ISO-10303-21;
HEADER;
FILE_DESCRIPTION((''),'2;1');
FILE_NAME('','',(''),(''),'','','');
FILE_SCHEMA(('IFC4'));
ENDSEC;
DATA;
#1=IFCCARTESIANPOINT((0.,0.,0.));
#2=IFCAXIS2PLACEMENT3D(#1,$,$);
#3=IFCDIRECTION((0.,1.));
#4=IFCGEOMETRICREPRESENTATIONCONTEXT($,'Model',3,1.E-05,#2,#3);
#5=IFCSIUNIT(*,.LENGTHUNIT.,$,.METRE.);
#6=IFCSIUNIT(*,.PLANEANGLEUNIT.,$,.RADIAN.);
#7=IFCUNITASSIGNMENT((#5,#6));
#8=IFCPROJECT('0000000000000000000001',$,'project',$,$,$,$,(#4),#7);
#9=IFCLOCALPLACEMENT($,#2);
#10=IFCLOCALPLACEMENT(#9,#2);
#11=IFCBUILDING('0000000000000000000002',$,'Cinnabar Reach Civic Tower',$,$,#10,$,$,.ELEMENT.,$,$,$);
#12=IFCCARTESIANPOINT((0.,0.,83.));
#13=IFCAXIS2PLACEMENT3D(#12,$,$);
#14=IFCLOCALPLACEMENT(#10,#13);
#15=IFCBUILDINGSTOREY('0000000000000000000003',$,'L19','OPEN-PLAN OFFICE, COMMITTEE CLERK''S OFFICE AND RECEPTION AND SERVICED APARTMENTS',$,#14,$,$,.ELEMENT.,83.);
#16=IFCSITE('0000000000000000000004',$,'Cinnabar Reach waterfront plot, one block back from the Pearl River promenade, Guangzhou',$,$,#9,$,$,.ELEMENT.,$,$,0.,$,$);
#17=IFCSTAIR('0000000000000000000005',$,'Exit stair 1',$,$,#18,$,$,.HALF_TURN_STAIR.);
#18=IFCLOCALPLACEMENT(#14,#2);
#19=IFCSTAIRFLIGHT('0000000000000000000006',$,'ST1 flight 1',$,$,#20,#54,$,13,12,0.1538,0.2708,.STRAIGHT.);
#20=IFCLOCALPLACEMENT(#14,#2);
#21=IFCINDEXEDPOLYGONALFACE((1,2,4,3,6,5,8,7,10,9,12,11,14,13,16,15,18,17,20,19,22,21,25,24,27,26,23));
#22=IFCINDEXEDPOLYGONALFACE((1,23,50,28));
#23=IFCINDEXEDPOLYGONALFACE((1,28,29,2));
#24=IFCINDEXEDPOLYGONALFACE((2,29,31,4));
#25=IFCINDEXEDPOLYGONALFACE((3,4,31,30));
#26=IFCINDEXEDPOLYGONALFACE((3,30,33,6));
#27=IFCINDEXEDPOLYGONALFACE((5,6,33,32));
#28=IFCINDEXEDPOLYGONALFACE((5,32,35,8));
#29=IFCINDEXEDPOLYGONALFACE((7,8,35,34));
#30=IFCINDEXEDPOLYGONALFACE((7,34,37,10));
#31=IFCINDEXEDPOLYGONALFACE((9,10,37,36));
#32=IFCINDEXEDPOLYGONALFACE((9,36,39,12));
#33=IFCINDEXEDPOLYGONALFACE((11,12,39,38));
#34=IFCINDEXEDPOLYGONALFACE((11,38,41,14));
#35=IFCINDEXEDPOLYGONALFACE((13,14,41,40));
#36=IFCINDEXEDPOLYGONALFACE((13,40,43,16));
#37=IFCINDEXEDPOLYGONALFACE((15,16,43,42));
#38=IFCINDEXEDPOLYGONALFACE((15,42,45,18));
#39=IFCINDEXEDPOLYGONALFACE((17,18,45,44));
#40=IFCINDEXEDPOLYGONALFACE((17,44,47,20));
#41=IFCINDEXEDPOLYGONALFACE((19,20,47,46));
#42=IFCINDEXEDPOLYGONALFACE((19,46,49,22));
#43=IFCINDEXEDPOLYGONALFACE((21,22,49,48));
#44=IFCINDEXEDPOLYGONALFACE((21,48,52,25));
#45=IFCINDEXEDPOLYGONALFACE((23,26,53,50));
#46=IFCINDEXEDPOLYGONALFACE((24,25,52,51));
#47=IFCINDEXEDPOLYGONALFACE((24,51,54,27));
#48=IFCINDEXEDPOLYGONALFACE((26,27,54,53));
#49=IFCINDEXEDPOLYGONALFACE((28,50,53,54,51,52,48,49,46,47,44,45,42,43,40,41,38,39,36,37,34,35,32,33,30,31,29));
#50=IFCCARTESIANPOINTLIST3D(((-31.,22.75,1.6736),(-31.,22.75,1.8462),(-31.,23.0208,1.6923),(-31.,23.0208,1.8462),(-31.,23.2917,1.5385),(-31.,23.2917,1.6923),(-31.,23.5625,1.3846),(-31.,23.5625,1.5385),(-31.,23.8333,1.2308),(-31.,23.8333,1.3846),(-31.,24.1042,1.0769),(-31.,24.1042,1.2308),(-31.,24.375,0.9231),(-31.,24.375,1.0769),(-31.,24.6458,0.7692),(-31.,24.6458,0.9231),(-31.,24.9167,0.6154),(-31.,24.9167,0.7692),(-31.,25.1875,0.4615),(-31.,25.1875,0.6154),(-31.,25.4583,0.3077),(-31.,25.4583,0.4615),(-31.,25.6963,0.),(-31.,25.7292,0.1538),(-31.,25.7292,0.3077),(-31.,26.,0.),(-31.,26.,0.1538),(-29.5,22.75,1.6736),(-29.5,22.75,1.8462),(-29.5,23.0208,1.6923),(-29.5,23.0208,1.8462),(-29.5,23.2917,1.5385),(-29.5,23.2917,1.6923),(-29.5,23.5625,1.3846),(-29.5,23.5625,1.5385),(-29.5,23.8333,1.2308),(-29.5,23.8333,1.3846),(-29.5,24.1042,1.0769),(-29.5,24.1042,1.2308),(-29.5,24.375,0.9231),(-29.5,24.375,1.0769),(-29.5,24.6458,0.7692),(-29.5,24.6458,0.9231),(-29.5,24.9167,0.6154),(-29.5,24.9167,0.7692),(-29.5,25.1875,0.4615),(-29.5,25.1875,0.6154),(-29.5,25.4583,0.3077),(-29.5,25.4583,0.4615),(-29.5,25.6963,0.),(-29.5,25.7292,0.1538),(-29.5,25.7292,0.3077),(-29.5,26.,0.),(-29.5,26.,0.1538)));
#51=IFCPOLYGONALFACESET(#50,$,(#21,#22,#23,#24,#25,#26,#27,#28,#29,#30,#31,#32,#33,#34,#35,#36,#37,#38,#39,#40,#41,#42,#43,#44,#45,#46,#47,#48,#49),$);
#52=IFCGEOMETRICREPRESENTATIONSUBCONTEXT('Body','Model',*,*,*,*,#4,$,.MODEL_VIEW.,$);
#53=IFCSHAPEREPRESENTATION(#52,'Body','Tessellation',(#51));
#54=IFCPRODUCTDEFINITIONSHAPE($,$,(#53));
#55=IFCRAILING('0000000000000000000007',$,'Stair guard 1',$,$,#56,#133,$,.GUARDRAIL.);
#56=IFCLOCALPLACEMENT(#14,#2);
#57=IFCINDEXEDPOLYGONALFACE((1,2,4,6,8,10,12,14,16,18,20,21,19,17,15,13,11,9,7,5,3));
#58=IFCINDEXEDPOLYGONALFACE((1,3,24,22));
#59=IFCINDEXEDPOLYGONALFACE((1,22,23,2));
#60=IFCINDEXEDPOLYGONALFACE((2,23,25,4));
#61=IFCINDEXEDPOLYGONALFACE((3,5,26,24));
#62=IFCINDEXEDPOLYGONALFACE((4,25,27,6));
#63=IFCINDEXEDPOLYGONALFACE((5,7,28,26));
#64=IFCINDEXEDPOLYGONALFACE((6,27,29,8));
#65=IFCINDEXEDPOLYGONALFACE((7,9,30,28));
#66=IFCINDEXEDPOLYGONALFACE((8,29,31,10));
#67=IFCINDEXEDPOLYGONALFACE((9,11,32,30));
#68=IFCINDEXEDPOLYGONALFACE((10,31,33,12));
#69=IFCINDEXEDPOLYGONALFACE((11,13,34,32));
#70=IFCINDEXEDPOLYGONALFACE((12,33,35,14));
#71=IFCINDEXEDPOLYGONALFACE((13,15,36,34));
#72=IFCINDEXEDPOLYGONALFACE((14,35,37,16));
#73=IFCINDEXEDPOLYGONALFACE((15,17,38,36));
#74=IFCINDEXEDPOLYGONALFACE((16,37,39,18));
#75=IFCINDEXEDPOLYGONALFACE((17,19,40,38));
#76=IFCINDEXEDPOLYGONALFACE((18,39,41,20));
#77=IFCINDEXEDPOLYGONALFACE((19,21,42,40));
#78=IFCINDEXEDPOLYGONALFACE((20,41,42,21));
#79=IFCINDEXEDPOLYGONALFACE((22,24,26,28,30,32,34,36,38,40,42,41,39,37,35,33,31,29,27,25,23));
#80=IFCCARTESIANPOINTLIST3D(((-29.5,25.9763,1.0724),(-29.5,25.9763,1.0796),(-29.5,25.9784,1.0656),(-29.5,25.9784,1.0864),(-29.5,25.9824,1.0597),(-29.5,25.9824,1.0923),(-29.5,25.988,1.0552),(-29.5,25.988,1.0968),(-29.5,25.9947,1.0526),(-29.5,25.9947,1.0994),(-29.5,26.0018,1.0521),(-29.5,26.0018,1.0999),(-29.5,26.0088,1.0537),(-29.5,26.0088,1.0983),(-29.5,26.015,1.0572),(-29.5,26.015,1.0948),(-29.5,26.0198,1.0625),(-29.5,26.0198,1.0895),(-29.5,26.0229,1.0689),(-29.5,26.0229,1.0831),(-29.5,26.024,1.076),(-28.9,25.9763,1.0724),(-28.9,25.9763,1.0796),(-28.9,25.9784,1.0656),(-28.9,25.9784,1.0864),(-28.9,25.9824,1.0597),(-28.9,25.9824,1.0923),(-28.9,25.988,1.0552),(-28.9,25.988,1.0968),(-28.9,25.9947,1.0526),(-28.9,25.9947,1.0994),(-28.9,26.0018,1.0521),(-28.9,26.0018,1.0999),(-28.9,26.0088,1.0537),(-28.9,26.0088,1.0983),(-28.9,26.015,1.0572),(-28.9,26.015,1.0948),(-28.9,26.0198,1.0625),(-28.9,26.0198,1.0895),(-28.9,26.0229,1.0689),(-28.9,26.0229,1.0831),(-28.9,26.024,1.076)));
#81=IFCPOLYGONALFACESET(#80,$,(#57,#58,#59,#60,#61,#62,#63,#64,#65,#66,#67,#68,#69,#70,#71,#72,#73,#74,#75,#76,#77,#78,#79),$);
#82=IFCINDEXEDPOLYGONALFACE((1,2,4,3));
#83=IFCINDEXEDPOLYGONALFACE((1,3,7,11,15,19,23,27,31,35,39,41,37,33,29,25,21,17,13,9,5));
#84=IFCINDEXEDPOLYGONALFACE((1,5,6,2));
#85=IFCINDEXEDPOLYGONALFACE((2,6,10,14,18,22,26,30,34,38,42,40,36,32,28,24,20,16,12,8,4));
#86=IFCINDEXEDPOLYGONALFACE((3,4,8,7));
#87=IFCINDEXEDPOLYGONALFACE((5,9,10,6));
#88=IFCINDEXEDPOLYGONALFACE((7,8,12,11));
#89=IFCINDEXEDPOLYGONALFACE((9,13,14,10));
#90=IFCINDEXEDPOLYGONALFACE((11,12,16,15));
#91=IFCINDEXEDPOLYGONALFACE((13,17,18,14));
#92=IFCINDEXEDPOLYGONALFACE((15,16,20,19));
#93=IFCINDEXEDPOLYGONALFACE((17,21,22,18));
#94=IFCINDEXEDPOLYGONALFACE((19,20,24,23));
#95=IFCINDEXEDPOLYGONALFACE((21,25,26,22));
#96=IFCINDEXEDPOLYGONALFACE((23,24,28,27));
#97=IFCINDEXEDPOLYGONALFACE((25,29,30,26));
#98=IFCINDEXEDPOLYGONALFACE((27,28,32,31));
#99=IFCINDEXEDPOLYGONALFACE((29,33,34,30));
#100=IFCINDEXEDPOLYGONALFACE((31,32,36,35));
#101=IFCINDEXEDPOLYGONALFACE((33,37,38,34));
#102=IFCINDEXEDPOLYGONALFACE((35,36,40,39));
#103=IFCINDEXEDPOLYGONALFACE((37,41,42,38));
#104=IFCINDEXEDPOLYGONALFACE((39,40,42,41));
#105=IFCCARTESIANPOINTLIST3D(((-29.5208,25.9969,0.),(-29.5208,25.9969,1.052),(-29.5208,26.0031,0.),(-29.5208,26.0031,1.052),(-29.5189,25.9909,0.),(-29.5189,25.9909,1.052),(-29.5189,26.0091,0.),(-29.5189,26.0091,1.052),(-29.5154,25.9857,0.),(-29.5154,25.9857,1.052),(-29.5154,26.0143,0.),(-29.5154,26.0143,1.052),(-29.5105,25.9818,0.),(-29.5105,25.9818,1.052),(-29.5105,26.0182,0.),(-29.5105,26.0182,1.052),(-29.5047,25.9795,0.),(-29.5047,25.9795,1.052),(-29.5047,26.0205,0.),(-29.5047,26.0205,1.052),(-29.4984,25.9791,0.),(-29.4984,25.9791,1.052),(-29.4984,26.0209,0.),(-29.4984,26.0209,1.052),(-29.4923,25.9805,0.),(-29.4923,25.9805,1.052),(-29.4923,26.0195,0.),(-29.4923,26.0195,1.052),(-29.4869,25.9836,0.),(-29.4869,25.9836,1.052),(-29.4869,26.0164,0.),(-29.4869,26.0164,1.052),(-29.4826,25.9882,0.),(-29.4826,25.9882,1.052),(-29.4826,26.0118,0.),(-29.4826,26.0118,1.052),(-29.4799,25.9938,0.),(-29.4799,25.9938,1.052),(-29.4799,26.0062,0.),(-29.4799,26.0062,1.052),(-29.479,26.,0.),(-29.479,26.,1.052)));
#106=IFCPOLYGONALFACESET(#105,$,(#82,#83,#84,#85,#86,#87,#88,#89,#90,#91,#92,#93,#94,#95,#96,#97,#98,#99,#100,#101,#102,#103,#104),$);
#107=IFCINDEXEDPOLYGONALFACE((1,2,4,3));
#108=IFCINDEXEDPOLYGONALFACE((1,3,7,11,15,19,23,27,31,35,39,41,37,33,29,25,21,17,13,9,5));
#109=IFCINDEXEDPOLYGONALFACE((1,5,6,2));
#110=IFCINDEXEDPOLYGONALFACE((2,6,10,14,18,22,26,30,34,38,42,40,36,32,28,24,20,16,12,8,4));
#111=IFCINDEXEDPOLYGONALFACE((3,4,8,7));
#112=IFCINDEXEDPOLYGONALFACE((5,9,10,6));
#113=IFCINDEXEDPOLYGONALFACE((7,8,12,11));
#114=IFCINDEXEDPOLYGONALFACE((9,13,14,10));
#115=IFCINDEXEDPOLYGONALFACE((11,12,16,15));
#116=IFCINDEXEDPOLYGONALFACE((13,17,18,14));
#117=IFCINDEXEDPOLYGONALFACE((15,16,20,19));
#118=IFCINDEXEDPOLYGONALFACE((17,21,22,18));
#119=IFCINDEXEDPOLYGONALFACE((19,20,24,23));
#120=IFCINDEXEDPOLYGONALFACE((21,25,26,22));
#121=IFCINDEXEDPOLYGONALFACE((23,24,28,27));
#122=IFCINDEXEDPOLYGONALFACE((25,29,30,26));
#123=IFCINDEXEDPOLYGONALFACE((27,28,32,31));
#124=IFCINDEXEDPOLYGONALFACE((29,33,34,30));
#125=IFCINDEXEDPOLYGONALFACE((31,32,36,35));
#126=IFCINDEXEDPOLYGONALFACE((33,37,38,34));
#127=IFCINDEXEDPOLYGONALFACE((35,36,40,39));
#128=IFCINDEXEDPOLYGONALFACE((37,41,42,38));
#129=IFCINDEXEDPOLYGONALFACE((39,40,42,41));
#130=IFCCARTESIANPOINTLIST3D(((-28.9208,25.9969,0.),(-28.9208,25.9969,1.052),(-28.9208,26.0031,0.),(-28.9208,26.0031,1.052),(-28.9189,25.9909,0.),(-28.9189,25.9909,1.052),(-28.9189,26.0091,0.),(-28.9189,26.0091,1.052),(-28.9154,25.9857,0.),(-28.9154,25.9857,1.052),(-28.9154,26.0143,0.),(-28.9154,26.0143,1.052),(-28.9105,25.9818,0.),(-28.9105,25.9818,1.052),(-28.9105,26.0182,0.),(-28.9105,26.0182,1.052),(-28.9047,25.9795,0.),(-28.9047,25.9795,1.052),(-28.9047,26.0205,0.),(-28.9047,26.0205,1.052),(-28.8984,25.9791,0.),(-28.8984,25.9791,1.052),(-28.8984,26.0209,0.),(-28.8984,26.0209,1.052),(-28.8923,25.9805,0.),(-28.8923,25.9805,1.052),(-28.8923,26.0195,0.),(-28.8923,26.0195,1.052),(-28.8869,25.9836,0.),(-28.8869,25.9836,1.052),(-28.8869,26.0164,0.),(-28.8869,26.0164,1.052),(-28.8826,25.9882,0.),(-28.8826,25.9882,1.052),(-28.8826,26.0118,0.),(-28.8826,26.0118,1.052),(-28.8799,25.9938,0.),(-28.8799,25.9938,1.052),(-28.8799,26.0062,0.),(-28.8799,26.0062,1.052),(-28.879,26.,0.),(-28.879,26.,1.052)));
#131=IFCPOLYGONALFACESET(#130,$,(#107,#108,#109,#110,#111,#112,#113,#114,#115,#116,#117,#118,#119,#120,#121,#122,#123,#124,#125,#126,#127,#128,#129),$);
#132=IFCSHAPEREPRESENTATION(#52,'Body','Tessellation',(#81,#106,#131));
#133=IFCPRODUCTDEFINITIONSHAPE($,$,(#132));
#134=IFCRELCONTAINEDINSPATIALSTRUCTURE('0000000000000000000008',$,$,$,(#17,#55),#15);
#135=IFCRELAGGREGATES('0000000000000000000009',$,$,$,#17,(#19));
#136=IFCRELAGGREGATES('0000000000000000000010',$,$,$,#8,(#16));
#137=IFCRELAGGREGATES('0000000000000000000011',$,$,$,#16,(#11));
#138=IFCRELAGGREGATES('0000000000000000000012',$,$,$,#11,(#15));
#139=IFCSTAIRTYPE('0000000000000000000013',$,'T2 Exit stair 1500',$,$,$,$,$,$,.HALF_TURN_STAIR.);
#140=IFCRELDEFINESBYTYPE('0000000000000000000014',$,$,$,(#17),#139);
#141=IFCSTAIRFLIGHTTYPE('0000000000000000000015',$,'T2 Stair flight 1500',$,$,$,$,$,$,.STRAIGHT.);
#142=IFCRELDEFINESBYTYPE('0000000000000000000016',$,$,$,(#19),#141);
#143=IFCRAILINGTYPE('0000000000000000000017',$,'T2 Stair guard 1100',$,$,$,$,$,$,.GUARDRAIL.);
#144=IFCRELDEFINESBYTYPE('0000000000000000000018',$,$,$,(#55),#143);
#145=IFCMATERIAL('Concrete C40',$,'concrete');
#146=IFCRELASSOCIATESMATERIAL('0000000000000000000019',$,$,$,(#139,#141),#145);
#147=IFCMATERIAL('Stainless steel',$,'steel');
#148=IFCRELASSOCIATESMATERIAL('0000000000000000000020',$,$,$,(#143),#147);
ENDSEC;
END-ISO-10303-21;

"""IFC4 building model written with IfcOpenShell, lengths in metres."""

from ifc_helpers import new_model, si_unit, direction, frame, origin, origin_2d, place, context, subcontext, project, spatial, polyline, circle, outline, extrude, material, type_object, element, aggregate, save


model = new_model("IFC4")

# Units and contexts
model_context = context("Model", 3, precision=1e-05, world=origin(), true_north=direction((0.0, 1.0)))
body_context = subcontext(model_context, "Body", "Model", "MODEL_VIEW")
ifc_project = project(units=[si_unit("LENGTHUNIT", "METRE"), si_unit("PLANEANGLEUNIT", "RADIAN")], contexts=[model_context])

# Site, building, storey
site_placement = place(None, origin())
site = spatial("IfcSite", under=ifc_project, at=site_placement, Name="Cinnabar Reach waterfront plot, one block back from the Pearl River promenade, Guangzhou", CompositionType="ELEMENT", RefElevation=0.0)
building_placement = place(site_placement, origin())
building = spatial("IfcBuilding", under=site, at=building_placement, Name="Cinnabar Reach Civic Tower", CompositionType="ELEMENT")
storey_placement = place(building_placement, frame((0.0, 0.0, 83.0)))
storey = spatial("IfcBuildingStorey", under=building, at=storey_placement, Name="L19", Description="OPEN-PLAN OFFICE, COMMITTEE CLERK'S OFFICE AND RECEPTION AND SERVICED APARTMENTS", CompositionType="ELEMENT", Elevation=83.0)

# Shared definitions
ifc_material_1 = material(Name="Concrete C40", Category="concrete")

# Stair, stair flight
stair_type = type_object("IfcStairType", Name="T2 Exit stair 1500", PredefinedType="HALF_TURN_STAIR", material=ifc_material_1)
stair_placement = place(storey_placement, origin())
stair = element("IfcStair", 1, at=stair_placement, inside=storey, type_object=stair_type, Name="Exit stair 1", PredefinedType="HALF_TURN_STAIR")
stair_flight_type = type_object("IfcStairFlightType", Name="T2 Stair flight 1500", PredefinedType="STRAIGHT", material=ifc_material_1)
stair_flight_placement = place(storey_placement, frame((-30.25, 26.0, 0.0), z_axis=(0.0, 0.0, 1.0), x_axis=(0.0, -1.0, 0.0)))
stair_flight = element("IfcStairFlight", 2, at=stair_flight_placement, type_object=stair_flight_type, Name="ST1 flight 1", NumberOfRisers=13, NumberOfTreads=12, PredefinedType="STRAIGHT", RiserHeight=0.1538, TreadLength=0.2708, context=body_context, shape_type="SweptSolid", body=[
    extrude(outline(polyline([(0.0, 0.0), (0.0, 0.1538), (0.2708, 0.1538), (0.2708, 0.3077), (0.5417, 0.3077), (0.5417, 0.4615), (0.8125, 0.4615), (0.8125, 0.6154), (1.0833, 0.6154), (1.0833, 0.7692), (1.3542, 0.7692), (1.3542, 0.9231), (1.625, 0.9231), (1.625, 1.0769), (1.8958, 1.0769), (1.8958, 1.2308), (2.1667, 1.2308), (2.1667, 1.3846), (2.4375, 1.3846), (2.4375, 1.5385), (2.7083, 1.5385), (2.7083, 1.6923), (2.9792, 1.6923), (2.9792, 1.8462), (3.25, 1.8462), (3.25, 2.0), (3.25, 1.6736), (0.3037, 0.0), (0.0, 0.0)])), frame((0.0, 0.75, 0.0), z_axis=(0.0, -1.0, 0.0), x_axis=(1.0, 0.0, 0.0)), (0.0, 0.0, 1.0), 1.5),
])
aggregate(stair, [stair_flight])

# Railing
ifc_material_2 = material(Name="Stainless steel", Category="steel")
railing_type = type_object("IfcRailingType", Name="T2 Stair guard 1100", PredefinedType="GUARDRAIL", material=ifc_material_2)
railing_1_placement = place(storey_placement, frame((-29.5, 26.0, 0.0)))
element("IfcRailing", 3, at=railing_1_placement, inside=storey, type_object=railing_type, Name="Stair guard 1", PredefinedType="GUARDRAIL", context=body_context, shape_type="SweptSolid", body=[
    extrude(circle(Radius=0.024, at=origin_2d()), frame((0.0, 0.0, 1.076), z_axis=(1.0, 0.0, 0.0), x_axis=(0.0, 1.0, 0.0)), (0.0, 0.0, 1.0), 0.6),
    extrude(circle(Radius=0.021, at=origin_2d()), origin(), (0.0, 0.0, 1.0), 1.052),
    extrude(circle(Radius=0.021, at=origin_2d()), frame((0.6, 0.0, 0.0)), (0.0, 0.0, 1.0), 1.052),
])

save(model, "model.ifc")
